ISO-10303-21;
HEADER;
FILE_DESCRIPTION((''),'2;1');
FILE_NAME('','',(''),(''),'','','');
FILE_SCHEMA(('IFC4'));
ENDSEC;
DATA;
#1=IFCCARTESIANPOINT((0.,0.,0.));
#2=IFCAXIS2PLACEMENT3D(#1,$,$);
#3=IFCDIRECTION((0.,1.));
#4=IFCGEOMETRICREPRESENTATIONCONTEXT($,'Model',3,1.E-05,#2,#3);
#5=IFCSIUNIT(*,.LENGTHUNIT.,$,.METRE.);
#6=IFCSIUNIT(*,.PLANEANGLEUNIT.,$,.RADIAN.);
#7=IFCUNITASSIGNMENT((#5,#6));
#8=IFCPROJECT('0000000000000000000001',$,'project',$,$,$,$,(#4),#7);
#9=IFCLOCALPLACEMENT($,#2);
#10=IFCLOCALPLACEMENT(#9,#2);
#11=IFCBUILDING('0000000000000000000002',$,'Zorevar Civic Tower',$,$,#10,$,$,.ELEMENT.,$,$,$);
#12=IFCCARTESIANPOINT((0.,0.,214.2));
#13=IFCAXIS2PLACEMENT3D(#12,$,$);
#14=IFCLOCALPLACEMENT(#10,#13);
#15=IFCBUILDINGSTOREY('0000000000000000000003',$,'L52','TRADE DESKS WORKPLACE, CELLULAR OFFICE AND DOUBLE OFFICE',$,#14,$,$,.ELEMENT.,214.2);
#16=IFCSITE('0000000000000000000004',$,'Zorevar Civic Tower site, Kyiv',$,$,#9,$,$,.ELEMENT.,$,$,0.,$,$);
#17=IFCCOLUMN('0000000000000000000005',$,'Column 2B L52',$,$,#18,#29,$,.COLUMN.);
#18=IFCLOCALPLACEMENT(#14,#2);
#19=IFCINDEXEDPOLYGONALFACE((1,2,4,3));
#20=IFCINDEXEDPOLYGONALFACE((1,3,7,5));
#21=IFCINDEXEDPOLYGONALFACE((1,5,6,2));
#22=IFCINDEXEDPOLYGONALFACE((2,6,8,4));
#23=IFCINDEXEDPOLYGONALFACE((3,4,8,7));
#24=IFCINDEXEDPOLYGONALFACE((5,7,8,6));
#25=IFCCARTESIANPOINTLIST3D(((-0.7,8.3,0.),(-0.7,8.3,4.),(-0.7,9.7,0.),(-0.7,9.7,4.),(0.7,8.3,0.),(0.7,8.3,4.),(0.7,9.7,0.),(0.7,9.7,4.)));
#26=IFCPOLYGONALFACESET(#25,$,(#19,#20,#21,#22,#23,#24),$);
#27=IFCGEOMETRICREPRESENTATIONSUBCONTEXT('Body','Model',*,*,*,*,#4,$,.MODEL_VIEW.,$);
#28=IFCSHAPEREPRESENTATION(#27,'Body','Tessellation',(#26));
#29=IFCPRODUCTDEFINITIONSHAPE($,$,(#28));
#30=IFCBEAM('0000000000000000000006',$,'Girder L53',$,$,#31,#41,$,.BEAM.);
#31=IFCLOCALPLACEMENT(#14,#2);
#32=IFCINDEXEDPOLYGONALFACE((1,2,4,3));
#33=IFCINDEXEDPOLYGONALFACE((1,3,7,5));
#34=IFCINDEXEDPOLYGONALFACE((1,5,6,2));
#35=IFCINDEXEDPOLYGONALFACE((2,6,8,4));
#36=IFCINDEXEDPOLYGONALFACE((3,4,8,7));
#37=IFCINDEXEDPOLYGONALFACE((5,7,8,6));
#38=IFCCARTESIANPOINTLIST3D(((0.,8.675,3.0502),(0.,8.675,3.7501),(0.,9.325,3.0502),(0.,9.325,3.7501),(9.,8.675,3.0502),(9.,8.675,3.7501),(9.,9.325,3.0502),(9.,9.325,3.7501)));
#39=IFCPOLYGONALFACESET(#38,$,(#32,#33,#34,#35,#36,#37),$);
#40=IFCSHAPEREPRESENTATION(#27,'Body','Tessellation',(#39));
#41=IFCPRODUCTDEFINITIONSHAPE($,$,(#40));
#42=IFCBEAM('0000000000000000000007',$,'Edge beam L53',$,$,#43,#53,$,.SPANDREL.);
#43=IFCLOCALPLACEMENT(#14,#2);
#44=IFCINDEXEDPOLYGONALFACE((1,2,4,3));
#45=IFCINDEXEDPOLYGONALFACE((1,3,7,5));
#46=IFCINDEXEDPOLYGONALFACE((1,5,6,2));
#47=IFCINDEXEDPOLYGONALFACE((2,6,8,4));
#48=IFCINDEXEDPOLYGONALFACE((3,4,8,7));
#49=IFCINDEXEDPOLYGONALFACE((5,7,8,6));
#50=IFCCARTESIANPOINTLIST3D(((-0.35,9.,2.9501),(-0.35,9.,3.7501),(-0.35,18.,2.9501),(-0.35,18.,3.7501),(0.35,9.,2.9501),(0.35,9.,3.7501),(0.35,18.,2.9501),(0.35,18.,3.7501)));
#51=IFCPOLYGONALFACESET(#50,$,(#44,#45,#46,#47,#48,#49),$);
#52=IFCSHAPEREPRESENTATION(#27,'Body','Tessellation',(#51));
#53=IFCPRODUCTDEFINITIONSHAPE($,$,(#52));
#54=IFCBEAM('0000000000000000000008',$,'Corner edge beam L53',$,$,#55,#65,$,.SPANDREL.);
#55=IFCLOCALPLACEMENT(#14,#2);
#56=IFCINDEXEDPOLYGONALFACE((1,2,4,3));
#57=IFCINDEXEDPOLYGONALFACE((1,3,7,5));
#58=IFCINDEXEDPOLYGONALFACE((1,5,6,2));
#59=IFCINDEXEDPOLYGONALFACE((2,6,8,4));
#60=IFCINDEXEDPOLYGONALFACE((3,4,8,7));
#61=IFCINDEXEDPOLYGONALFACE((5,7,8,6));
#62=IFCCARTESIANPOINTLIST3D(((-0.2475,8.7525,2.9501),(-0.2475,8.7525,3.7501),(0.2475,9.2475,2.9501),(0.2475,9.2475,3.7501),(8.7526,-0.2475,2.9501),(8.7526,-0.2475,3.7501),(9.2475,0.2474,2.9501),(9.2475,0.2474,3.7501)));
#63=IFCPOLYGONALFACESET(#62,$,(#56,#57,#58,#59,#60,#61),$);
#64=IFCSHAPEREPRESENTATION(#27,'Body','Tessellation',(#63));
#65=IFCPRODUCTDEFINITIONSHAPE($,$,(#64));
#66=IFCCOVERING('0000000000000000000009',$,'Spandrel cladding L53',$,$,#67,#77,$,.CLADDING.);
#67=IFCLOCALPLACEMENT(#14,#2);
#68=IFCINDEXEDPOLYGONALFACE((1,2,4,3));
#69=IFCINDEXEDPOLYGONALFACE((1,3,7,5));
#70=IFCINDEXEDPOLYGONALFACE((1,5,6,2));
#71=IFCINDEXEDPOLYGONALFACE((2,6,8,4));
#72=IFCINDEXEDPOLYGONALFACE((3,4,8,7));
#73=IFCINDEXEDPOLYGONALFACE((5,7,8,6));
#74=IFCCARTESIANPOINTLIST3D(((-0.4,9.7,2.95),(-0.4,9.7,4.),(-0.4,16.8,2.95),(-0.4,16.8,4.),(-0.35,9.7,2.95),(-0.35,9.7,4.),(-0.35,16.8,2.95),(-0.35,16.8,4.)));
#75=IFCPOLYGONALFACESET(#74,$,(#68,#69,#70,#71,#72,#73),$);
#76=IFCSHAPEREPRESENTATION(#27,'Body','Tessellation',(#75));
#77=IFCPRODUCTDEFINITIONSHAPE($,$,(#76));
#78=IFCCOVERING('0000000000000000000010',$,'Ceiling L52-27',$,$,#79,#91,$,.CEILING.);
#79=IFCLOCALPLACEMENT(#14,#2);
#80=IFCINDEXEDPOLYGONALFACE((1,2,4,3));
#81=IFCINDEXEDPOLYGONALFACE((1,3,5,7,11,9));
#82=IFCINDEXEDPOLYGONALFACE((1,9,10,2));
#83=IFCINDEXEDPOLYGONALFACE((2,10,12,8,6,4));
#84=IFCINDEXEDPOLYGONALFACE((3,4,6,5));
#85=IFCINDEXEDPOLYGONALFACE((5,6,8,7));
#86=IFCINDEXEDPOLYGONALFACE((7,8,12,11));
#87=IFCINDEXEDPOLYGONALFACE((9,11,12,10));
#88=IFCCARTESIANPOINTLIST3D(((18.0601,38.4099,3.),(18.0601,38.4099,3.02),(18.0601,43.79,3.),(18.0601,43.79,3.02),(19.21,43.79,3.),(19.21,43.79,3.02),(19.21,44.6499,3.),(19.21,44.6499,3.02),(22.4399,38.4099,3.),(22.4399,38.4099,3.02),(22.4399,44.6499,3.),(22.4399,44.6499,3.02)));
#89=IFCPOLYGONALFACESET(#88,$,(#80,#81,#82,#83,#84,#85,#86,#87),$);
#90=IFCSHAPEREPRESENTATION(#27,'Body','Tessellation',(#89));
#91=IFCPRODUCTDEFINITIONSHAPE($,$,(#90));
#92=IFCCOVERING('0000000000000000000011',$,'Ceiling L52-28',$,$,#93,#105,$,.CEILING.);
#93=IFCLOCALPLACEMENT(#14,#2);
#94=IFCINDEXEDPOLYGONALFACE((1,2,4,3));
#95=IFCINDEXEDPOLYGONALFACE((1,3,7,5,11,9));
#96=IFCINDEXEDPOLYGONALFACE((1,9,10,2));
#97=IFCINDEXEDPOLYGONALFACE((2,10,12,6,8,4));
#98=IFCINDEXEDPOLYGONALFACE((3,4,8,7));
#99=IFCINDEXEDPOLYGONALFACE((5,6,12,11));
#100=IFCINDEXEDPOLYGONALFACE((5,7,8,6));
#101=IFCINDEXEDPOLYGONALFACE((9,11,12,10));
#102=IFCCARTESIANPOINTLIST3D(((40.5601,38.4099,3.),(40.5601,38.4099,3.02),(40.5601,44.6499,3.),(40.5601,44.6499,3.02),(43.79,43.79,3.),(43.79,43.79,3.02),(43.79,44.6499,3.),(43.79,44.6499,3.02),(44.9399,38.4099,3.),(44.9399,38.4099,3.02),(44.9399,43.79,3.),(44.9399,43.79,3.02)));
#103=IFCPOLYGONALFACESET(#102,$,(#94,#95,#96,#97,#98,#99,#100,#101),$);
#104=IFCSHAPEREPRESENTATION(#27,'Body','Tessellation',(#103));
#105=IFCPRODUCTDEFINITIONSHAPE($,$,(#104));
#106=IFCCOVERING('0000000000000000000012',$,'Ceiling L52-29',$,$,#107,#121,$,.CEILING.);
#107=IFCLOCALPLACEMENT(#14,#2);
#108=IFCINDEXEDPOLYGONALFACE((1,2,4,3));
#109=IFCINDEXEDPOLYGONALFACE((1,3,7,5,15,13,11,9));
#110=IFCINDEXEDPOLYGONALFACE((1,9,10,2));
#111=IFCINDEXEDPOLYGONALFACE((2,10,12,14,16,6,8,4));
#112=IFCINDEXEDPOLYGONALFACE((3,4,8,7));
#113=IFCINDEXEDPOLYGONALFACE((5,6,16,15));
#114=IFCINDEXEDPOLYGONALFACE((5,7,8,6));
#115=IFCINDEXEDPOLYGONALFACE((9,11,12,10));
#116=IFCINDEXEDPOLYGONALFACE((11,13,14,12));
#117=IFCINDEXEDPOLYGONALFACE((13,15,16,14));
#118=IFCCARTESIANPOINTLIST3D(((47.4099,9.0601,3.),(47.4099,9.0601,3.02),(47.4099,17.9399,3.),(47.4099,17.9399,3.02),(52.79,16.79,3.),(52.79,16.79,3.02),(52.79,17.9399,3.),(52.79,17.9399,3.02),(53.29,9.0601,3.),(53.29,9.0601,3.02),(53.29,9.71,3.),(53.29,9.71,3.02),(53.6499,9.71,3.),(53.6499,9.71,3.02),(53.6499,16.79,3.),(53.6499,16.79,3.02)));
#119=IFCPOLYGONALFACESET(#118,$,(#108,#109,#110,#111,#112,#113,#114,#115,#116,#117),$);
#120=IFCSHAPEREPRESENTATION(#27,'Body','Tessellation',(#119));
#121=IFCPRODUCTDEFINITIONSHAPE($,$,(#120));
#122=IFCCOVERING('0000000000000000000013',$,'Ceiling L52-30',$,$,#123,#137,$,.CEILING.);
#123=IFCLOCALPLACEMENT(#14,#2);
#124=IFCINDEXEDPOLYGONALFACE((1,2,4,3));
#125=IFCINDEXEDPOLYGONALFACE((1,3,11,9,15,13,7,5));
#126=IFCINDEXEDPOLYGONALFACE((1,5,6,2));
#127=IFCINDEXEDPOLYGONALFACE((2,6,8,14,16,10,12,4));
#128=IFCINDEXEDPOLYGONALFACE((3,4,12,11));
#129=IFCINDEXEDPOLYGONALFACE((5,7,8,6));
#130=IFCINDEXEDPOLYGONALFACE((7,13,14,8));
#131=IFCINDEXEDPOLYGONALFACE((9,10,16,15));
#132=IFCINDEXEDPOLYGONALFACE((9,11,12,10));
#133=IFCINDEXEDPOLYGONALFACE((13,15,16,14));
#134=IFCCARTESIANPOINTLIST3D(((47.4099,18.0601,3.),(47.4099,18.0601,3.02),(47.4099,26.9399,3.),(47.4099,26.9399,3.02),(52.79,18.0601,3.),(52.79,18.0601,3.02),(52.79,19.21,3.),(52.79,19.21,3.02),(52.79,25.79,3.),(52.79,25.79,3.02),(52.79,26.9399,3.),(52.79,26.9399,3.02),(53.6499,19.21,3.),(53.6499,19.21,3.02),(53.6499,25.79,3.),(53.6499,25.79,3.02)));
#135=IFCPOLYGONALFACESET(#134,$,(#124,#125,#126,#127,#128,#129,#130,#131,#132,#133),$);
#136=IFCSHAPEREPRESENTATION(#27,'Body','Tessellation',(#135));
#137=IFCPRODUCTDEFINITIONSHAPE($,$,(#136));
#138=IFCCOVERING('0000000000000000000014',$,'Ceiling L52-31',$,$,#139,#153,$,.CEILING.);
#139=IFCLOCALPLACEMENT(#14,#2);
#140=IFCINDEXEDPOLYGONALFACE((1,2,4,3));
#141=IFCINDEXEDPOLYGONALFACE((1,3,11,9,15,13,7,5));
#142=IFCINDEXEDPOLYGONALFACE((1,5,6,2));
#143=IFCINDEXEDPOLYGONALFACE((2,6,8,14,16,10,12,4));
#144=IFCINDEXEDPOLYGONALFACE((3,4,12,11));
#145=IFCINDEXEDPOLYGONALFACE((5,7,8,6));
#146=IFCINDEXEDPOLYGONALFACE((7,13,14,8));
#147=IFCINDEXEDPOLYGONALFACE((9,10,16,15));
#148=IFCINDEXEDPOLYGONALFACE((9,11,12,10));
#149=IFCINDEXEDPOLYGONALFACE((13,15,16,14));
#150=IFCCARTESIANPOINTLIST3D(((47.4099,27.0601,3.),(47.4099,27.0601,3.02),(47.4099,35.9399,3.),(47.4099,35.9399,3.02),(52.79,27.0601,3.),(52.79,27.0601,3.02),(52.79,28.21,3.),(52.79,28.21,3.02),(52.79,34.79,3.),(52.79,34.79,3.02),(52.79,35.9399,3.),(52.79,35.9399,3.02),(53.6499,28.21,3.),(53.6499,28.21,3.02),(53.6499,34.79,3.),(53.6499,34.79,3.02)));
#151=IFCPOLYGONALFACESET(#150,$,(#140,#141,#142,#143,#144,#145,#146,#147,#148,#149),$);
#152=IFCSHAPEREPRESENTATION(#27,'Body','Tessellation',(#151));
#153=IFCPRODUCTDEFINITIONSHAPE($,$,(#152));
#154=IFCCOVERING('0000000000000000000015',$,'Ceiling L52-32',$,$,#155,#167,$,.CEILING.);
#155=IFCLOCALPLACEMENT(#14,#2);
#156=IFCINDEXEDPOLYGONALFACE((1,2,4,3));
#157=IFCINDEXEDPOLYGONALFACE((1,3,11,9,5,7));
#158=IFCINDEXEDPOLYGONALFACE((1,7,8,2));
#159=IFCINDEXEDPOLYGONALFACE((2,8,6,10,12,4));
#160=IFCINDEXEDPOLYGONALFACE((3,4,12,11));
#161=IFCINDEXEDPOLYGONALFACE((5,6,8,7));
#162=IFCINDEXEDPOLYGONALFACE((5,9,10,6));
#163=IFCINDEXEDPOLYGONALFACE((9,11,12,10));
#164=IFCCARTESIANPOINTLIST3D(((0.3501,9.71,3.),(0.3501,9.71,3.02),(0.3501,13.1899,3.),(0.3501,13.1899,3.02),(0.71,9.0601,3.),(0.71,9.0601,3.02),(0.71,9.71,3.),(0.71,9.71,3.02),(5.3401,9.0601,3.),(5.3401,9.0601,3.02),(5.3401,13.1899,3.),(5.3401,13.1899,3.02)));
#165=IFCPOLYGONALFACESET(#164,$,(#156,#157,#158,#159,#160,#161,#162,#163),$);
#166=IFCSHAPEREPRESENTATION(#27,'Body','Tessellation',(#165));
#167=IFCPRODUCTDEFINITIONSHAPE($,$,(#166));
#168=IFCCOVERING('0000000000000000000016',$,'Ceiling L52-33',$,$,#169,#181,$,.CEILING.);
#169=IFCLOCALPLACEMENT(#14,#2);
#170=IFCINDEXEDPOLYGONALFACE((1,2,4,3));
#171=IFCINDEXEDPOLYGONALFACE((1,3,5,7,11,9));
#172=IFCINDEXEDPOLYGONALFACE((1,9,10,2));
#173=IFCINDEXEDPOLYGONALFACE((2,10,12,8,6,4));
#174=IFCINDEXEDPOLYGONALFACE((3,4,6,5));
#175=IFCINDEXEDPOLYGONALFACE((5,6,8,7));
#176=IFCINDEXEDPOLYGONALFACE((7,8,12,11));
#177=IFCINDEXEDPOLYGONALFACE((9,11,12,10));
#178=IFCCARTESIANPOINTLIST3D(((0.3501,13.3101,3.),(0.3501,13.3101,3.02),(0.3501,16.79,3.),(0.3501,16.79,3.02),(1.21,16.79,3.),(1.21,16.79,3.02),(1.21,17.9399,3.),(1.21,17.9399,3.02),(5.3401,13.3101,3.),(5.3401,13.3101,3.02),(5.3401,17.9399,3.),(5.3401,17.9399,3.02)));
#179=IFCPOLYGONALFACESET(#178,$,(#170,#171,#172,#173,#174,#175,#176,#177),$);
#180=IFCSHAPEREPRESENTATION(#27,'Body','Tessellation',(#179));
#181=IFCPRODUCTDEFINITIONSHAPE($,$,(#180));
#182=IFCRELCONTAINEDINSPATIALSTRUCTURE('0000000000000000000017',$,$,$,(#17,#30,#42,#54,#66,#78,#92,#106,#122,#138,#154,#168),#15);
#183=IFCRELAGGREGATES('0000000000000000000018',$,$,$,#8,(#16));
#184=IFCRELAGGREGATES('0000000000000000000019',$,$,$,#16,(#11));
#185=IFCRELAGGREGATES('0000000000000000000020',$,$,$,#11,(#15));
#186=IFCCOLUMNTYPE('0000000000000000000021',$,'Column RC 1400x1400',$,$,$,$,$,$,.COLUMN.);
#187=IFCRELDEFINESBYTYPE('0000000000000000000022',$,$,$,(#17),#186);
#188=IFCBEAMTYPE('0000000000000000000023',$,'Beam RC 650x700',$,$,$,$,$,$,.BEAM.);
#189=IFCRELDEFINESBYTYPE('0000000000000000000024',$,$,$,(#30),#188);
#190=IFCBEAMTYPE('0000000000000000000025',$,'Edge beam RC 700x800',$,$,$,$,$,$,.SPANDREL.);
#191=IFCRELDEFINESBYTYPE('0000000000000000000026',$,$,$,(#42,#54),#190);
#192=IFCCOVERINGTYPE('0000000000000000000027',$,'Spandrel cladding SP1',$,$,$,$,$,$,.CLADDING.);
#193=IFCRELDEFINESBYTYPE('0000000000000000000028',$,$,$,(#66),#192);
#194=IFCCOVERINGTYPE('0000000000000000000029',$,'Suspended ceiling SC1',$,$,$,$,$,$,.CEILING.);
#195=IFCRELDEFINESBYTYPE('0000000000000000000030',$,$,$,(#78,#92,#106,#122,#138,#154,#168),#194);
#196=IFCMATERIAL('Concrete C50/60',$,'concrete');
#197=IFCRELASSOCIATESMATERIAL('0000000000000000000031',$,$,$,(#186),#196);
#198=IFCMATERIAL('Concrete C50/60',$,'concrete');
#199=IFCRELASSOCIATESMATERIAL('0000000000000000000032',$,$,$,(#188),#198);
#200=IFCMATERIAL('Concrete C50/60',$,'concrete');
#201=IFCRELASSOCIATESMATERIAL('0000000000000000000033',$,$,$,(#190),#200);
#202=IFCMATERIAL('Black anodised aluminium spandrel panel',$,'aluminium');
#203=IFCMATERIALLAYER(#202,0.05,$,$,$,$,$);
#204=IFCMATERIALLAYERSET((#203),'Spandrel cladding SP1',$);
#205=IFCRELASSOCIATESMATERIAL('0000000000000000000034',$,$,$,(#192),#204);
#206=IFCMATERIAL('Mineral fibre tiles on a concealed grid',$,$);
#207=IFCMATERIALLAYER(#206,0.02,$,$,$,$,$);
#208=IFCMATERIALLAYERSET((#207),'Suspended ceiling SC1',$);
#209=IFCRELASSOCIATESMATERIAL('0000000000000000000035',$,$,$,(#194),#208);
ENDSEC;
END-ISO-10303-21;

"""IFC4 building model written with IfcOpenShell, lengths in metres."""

from ifc_helpers import new_model, si_unit, direction, frame, frame_2d, origin, origin_2d, place, context, subcontext, project, spatial, polyline, rectangle, outline, extrude, material, layer, layer_set, material_profile, profile_set, type_object, element, save


model = new_model("IFC4")

# Units and contexts
model_context = context("Model", 3, precision=1e-05, world=origin(), true_north=direction((0.0, 1.0)))
body_context = subcontext(model_context, "Body", "Model", "MODEL_VIEW")
ifc_project = project(units=[si_unit("LENGTHUNIT", "METRE"), si_unit("PLANEANGLEUNIT", "RADIAN")], contexts=[model_context])

# Site, building, storey
site_placement = place(None, origin())
site = spatial("IfcSite", under=ifc_project, at=site_placement, Name="Zorevar Civic Tower site, Kyiv", CompositionType="ELEMENT", RefElevation=0.0)
building_placement = place(site_placement, origin())
building = spatial("IfcBuilding", under=site, at=building_placement, Name="Zorevar Civic Tower", CompositionType="ELEMENT")
storey_placement = place(building_placement, frame((0.0, 0.0, 214.2)))
storey = spatial("IfcBuildingStorey", under=building, at=storey_placement, Name="L52", Description="TRADE DESKS WORKPLACE, CELLULAR OFFICE AND DOUBLE OFFICE", CompositionType="ELEMENT", Elevation=214.2)

# Column
ifc_material_1 = material(Name="Concrete C50/60", Category="concrete")
ifc_material_profile_1 = material_profile(ifc_material_1, rectangle(XDim=1.3999, YDim=1.3999, at=origin_2d()), Name="RC 1400x1400")
ifc_profile_set_1 = profile_set([ifc_material_profile_1], Name="Concrete C50/60")
column_type = type_object("IfcColumnType", Name="Column RC 1400x1400", PredefinedType="COLUMN", material=ifc_profile_set_1)
column_placement = place(storey_placement, frame((0.0, 9.0, 0.0), z_axis=(0.0, 0.0, 1.0), x_axis=(1.0, 0.0, 0.0)))
element("IfcColumn", 1, at=column_placement, inside=storey, type_object=column_type, Name="Column 2B L52", PredefinedType="COLUMN", context=body_context, shape_type="SweptSolid", body=[
    extrude(rectangle(XDim=1.3999, YDim=1.3999, at=origin_2d()), origin(), (0.0, 0.0, 1.0), 4.0),
])

# Beams
ifc_material_2 = material(Name="Concrete C50/60", Category="concrete")
ifc_material_profile_2 = material_profile(ifc_material_2, rectangle(XDim=0.6499, YDim=0.7, at=origin_2d()), Name="RC 650x700")
ifc_profile_set_2 = profile_set([ifc_material_profile_2], Name="Concrete C50/60")
beam_type_1 = type_object("IfcBeamType", Name="Beam RC 650x700", PredefinedType="BEAM", material=ifc_profile_set_2)
beam_1_placement = place(storey_placement, frame((0.0, 9.0, 3.4001), z_axis=(1.0, 0.0, 0.0), x_axis=(0.0, 1.0, 0.0)))
element("IfcBeam", 2, at=beam_1_placement, inside=storey, type_object=beam_type_1, Name="Girder L53", PredefinedType="BEAM", context=body_context, shape_type="SweptSolid", body=[
    extrude(rectangle(XDim=0.6499, YDim=0.7, at=origin_2d()), origin(), (0.0, 0.0, 1.0), 9.0),
])
ifc_material_3 = material(Name="Concrete C50/60", Category="concrete")
ifc_material_profile_3 = material_profile(ifc_material_3, rectangle(XDim=0.7, YDim=0.8, at=origin_2d()), Name="RC 700x800")
ifc_profile_set_3 = profile_set([ifc_material_profile_3], Name="Concrete C50/60")
beam_type_2 = type_object("IfcBeamType", Name="Edge beam RC 700x800", PredefinedType="SPANDREL", material=ifc_profile_set_3)
beam_2_placement = place(storey_placement, frame((0.0, 9.0, 3.3501), z_axis=(0.0, 1.0, 0.0), x_axis=(-1.0, 0.0, 0.0)))
element("IfcBeam", 3, at=beam_2_placement, inside=storey, type_object=beam_type_2, Name="Edge beam L53", PredefinedType="SPANDREL", context=body_context, shape_type="SweptSolid", body=[
    extrude(rectangle(XDim=0.7, YDim=0.8, at=origin_2d()), origin(), (0.0, 0.0, 1.0), 9.0),
])
beam_3_placement = place(storey_placement, frame((0.0, 9.0, 3.3501), z_axis=(0.707107, -0.707107, 0.0), x_axis=(0.707107, 0.707107, 0.0)))
element("IfcBeam", 4, at=beam_3_placement, inside=storey, type_object=beam_type_2, Name="Corner edge beam L53", PredefinedType="SPANDREL", context=body_context, shape_type="SweptSolid", body=[
    extrude(rectangle(XDim=0.7, YDim=0.8, at=origin_2d()), origin(), (0.0, 0.0, 1.0), 12.728),
])

# Coverings
ifc_material_4 = material(Name="Black anodised aluminium spandrel panel", Category="aluminium")
ifc_layer_1 = layer(ifc_material_4, 0.05)
ifc_layer_set_1 = layer_set([ifc_layer_1], Name="Spandrel cladding SP1")
covering_type_1 = type_object("IfcCoveringType", Name="Spandrel cladding SP1", PredefinedType="CLADDING", material=ifc_layer_set_1)
covering_1_placement = place(storey_placement, frame((-0.375, 9.7, 2.95), z_axis=(0.0, 0.0, 1.0), x_axis=(0.0, 1.0, 0.0)))
element("IfcCovering", 5, at=covering_1_placement, inside=storey, type_object=covering_type_1, Name="Spandrel cladding L53", PredefinedType="CLADDING", context=body_context, shape_type="SweptSolid", body=[
    extrude(rectangle(XDim=7.1001, YDim=0.05, at=frame_2d((3.55, 0.0))), origin(), (0.0, 0.0, 1.0), 1.05),
])
ifc_material_5 = material(Name="Mineral fibre tiles on a concealed grid")
ifc_layer_2 = layer(ifc_material_5, 0.02)
ifc_layer_set_2 = layer_set([ifc_layer_2], Name="Suspended ceiling SC1")
covering_type_2 = type_object("IfcCoveringType", Name="Suspended ceiling SC1", PredefinedType="CEILING", material=ifc_layer_set_2)
covering_2_placement = place(storey_placement, frame((0.0, 0.0, 3.0)))
element("IfcCovering", 6, at=covering_2_placement, inside=storey, type_object=covering_type_2, Name="Ceiling L52-27", PredefinedType="CEILING", context=body_context, shape_type="SweptSolid", body=[
    extrude(outline(polyline([(18.0601, 38.4099), (18.0601, 43.79), (19.21, 43.79), (19.21, 44.6499), (22.4399, 44.6499), (22.4399, 38.4099), (18.0601, 38.4099)])), origin(), (0.0, 0.0, 1.0), 0.02),
])
covering_3_placement = place(storey_placement, frame((0.0, 0.0, 3.0)))
element("IfcCovering", 7, at=covering_3_placement, inside=storey, type_object=covering_type_2, Name="Ceiling L52-28", PredefinedType="CEILING", context=body_context, shape_type="SweptSolid", body=[
    extrude(outline(polyline([(40.5601, 38.4099), (40.5601, 44.6499), (43.79, 44.6499), (43.79, 43.79), (44.9399, 43.79), (44.9399, 38.4099), (40.5601, 38.4099)])), origin(), (0.0, 0.0, 1.0), 0.02),
])
covering_4_placement = place(storey_placement, frame((0.0, 0.0, 3.0)))
element("IfcCovering", 8, at=covering_4_placement, inside=storey, type_object=covering_type_2, Name="Ceiling L52-29", PredefinedType="CEILING", context=body_context, shape_type="SweptSolid", body=[
    extrude(outline(polyline([(53.6499, 9.71), (53.29, 9.71), (53.29, 9.0601), (47.4099, 9.0601), (47.4099, 17.9399), (52.79, 17.9399), (52.79, 16.79), (53.6499, 16.79), (53.6499, 9.71)])), origin(), (0.0, 0.0, 1.0), 0.02),
])
covering_5_placement = place(storey_placement, frame((0.0, 0.0, 3.0)))
element("IfcCovering", 9, at=covering_5_placement, inside=storey, type_object=covering_type_2, Name="Ceiling L52-30", PredefinedType="CEILING", context=body_context, shape_type="SweptSolid", body=[
    extrude(outline(polyline([(53.6499, 19.21), (52.79, 19.21), (52.79, 18.0601), (47.4099, 18.0601), (47.4099, 26.9399), (52.79, 26.9399), (52.79, 25.79), (53.6499, 25.79), (53.6499, 19.21)])), origin(), (0.0, 0.0, 1.0), 0.02),
])
covering_6_placement = place(storey_placement, frame((0.0, 0.0, 3.0)))
element("IfcCovering", 10, at=covering_6_placement, inside=storey, type_object=covering_type_2, Name="Ceiling L52-31", PredefinedType="CEILING", context=body_context, shape_type="SweptSolid", body=[
    extrude(outline(polyline([(53.6499, 28.21), (52.79, 28.21), (52.79, 27.0601), (47.4099, 27.0601), (47.4099, 35.9399), (52.79, 35.9399), (52.79, 34.79), (53.6499, 34.79), (53.6499, 28.21)])), origin(), (0.0, 0.0, 1.0), 0.02),
])
covering_7_placement = place(storey_placement, frame((0.0, 0.0, 3.0)))
element("IfcCovering", 11, at=covering_7_placement, inside=storey, type_object=covering_type_2, Name="Ceiling L52-32", PredefinedType="CEILING", context=body_context, shape_type="SweptSolid", body=[
    extrude(outline(polyline([(5.3401, 9.0601), (0.71, 9.0601), (0.71, 9.71), (0.3501, 9.71), (0.3501, 13.1899), (5.3401, 13.1899), (5.3401, 9.0601)])), origin(), (0.0, 0.0, 1.0), 0.02),
])
covering_8_placement = place(storey_placement, frame((0.0, 0.0, 3.0)))
element("IfcCovering", 12, at=covering_8_placement, inside=storey, type_object=covering_type_2, Name="Ceiling L52-33", PredefinedType="CEILING", context=body_context, shape_type="SweptSolid", body=[
    extrude(outline(polyline([(5.3401, 13.3101), (0.3501, 13.3101), (0.3501, 16.79), (1.21, 16.79), (1.21, 17.9399), (5.3401, 17.9399), (5.3401, 13.3101)])), origin(), (0.0, 0.0, 1.0), 0.02),
])

save(model, "model.ifc")
